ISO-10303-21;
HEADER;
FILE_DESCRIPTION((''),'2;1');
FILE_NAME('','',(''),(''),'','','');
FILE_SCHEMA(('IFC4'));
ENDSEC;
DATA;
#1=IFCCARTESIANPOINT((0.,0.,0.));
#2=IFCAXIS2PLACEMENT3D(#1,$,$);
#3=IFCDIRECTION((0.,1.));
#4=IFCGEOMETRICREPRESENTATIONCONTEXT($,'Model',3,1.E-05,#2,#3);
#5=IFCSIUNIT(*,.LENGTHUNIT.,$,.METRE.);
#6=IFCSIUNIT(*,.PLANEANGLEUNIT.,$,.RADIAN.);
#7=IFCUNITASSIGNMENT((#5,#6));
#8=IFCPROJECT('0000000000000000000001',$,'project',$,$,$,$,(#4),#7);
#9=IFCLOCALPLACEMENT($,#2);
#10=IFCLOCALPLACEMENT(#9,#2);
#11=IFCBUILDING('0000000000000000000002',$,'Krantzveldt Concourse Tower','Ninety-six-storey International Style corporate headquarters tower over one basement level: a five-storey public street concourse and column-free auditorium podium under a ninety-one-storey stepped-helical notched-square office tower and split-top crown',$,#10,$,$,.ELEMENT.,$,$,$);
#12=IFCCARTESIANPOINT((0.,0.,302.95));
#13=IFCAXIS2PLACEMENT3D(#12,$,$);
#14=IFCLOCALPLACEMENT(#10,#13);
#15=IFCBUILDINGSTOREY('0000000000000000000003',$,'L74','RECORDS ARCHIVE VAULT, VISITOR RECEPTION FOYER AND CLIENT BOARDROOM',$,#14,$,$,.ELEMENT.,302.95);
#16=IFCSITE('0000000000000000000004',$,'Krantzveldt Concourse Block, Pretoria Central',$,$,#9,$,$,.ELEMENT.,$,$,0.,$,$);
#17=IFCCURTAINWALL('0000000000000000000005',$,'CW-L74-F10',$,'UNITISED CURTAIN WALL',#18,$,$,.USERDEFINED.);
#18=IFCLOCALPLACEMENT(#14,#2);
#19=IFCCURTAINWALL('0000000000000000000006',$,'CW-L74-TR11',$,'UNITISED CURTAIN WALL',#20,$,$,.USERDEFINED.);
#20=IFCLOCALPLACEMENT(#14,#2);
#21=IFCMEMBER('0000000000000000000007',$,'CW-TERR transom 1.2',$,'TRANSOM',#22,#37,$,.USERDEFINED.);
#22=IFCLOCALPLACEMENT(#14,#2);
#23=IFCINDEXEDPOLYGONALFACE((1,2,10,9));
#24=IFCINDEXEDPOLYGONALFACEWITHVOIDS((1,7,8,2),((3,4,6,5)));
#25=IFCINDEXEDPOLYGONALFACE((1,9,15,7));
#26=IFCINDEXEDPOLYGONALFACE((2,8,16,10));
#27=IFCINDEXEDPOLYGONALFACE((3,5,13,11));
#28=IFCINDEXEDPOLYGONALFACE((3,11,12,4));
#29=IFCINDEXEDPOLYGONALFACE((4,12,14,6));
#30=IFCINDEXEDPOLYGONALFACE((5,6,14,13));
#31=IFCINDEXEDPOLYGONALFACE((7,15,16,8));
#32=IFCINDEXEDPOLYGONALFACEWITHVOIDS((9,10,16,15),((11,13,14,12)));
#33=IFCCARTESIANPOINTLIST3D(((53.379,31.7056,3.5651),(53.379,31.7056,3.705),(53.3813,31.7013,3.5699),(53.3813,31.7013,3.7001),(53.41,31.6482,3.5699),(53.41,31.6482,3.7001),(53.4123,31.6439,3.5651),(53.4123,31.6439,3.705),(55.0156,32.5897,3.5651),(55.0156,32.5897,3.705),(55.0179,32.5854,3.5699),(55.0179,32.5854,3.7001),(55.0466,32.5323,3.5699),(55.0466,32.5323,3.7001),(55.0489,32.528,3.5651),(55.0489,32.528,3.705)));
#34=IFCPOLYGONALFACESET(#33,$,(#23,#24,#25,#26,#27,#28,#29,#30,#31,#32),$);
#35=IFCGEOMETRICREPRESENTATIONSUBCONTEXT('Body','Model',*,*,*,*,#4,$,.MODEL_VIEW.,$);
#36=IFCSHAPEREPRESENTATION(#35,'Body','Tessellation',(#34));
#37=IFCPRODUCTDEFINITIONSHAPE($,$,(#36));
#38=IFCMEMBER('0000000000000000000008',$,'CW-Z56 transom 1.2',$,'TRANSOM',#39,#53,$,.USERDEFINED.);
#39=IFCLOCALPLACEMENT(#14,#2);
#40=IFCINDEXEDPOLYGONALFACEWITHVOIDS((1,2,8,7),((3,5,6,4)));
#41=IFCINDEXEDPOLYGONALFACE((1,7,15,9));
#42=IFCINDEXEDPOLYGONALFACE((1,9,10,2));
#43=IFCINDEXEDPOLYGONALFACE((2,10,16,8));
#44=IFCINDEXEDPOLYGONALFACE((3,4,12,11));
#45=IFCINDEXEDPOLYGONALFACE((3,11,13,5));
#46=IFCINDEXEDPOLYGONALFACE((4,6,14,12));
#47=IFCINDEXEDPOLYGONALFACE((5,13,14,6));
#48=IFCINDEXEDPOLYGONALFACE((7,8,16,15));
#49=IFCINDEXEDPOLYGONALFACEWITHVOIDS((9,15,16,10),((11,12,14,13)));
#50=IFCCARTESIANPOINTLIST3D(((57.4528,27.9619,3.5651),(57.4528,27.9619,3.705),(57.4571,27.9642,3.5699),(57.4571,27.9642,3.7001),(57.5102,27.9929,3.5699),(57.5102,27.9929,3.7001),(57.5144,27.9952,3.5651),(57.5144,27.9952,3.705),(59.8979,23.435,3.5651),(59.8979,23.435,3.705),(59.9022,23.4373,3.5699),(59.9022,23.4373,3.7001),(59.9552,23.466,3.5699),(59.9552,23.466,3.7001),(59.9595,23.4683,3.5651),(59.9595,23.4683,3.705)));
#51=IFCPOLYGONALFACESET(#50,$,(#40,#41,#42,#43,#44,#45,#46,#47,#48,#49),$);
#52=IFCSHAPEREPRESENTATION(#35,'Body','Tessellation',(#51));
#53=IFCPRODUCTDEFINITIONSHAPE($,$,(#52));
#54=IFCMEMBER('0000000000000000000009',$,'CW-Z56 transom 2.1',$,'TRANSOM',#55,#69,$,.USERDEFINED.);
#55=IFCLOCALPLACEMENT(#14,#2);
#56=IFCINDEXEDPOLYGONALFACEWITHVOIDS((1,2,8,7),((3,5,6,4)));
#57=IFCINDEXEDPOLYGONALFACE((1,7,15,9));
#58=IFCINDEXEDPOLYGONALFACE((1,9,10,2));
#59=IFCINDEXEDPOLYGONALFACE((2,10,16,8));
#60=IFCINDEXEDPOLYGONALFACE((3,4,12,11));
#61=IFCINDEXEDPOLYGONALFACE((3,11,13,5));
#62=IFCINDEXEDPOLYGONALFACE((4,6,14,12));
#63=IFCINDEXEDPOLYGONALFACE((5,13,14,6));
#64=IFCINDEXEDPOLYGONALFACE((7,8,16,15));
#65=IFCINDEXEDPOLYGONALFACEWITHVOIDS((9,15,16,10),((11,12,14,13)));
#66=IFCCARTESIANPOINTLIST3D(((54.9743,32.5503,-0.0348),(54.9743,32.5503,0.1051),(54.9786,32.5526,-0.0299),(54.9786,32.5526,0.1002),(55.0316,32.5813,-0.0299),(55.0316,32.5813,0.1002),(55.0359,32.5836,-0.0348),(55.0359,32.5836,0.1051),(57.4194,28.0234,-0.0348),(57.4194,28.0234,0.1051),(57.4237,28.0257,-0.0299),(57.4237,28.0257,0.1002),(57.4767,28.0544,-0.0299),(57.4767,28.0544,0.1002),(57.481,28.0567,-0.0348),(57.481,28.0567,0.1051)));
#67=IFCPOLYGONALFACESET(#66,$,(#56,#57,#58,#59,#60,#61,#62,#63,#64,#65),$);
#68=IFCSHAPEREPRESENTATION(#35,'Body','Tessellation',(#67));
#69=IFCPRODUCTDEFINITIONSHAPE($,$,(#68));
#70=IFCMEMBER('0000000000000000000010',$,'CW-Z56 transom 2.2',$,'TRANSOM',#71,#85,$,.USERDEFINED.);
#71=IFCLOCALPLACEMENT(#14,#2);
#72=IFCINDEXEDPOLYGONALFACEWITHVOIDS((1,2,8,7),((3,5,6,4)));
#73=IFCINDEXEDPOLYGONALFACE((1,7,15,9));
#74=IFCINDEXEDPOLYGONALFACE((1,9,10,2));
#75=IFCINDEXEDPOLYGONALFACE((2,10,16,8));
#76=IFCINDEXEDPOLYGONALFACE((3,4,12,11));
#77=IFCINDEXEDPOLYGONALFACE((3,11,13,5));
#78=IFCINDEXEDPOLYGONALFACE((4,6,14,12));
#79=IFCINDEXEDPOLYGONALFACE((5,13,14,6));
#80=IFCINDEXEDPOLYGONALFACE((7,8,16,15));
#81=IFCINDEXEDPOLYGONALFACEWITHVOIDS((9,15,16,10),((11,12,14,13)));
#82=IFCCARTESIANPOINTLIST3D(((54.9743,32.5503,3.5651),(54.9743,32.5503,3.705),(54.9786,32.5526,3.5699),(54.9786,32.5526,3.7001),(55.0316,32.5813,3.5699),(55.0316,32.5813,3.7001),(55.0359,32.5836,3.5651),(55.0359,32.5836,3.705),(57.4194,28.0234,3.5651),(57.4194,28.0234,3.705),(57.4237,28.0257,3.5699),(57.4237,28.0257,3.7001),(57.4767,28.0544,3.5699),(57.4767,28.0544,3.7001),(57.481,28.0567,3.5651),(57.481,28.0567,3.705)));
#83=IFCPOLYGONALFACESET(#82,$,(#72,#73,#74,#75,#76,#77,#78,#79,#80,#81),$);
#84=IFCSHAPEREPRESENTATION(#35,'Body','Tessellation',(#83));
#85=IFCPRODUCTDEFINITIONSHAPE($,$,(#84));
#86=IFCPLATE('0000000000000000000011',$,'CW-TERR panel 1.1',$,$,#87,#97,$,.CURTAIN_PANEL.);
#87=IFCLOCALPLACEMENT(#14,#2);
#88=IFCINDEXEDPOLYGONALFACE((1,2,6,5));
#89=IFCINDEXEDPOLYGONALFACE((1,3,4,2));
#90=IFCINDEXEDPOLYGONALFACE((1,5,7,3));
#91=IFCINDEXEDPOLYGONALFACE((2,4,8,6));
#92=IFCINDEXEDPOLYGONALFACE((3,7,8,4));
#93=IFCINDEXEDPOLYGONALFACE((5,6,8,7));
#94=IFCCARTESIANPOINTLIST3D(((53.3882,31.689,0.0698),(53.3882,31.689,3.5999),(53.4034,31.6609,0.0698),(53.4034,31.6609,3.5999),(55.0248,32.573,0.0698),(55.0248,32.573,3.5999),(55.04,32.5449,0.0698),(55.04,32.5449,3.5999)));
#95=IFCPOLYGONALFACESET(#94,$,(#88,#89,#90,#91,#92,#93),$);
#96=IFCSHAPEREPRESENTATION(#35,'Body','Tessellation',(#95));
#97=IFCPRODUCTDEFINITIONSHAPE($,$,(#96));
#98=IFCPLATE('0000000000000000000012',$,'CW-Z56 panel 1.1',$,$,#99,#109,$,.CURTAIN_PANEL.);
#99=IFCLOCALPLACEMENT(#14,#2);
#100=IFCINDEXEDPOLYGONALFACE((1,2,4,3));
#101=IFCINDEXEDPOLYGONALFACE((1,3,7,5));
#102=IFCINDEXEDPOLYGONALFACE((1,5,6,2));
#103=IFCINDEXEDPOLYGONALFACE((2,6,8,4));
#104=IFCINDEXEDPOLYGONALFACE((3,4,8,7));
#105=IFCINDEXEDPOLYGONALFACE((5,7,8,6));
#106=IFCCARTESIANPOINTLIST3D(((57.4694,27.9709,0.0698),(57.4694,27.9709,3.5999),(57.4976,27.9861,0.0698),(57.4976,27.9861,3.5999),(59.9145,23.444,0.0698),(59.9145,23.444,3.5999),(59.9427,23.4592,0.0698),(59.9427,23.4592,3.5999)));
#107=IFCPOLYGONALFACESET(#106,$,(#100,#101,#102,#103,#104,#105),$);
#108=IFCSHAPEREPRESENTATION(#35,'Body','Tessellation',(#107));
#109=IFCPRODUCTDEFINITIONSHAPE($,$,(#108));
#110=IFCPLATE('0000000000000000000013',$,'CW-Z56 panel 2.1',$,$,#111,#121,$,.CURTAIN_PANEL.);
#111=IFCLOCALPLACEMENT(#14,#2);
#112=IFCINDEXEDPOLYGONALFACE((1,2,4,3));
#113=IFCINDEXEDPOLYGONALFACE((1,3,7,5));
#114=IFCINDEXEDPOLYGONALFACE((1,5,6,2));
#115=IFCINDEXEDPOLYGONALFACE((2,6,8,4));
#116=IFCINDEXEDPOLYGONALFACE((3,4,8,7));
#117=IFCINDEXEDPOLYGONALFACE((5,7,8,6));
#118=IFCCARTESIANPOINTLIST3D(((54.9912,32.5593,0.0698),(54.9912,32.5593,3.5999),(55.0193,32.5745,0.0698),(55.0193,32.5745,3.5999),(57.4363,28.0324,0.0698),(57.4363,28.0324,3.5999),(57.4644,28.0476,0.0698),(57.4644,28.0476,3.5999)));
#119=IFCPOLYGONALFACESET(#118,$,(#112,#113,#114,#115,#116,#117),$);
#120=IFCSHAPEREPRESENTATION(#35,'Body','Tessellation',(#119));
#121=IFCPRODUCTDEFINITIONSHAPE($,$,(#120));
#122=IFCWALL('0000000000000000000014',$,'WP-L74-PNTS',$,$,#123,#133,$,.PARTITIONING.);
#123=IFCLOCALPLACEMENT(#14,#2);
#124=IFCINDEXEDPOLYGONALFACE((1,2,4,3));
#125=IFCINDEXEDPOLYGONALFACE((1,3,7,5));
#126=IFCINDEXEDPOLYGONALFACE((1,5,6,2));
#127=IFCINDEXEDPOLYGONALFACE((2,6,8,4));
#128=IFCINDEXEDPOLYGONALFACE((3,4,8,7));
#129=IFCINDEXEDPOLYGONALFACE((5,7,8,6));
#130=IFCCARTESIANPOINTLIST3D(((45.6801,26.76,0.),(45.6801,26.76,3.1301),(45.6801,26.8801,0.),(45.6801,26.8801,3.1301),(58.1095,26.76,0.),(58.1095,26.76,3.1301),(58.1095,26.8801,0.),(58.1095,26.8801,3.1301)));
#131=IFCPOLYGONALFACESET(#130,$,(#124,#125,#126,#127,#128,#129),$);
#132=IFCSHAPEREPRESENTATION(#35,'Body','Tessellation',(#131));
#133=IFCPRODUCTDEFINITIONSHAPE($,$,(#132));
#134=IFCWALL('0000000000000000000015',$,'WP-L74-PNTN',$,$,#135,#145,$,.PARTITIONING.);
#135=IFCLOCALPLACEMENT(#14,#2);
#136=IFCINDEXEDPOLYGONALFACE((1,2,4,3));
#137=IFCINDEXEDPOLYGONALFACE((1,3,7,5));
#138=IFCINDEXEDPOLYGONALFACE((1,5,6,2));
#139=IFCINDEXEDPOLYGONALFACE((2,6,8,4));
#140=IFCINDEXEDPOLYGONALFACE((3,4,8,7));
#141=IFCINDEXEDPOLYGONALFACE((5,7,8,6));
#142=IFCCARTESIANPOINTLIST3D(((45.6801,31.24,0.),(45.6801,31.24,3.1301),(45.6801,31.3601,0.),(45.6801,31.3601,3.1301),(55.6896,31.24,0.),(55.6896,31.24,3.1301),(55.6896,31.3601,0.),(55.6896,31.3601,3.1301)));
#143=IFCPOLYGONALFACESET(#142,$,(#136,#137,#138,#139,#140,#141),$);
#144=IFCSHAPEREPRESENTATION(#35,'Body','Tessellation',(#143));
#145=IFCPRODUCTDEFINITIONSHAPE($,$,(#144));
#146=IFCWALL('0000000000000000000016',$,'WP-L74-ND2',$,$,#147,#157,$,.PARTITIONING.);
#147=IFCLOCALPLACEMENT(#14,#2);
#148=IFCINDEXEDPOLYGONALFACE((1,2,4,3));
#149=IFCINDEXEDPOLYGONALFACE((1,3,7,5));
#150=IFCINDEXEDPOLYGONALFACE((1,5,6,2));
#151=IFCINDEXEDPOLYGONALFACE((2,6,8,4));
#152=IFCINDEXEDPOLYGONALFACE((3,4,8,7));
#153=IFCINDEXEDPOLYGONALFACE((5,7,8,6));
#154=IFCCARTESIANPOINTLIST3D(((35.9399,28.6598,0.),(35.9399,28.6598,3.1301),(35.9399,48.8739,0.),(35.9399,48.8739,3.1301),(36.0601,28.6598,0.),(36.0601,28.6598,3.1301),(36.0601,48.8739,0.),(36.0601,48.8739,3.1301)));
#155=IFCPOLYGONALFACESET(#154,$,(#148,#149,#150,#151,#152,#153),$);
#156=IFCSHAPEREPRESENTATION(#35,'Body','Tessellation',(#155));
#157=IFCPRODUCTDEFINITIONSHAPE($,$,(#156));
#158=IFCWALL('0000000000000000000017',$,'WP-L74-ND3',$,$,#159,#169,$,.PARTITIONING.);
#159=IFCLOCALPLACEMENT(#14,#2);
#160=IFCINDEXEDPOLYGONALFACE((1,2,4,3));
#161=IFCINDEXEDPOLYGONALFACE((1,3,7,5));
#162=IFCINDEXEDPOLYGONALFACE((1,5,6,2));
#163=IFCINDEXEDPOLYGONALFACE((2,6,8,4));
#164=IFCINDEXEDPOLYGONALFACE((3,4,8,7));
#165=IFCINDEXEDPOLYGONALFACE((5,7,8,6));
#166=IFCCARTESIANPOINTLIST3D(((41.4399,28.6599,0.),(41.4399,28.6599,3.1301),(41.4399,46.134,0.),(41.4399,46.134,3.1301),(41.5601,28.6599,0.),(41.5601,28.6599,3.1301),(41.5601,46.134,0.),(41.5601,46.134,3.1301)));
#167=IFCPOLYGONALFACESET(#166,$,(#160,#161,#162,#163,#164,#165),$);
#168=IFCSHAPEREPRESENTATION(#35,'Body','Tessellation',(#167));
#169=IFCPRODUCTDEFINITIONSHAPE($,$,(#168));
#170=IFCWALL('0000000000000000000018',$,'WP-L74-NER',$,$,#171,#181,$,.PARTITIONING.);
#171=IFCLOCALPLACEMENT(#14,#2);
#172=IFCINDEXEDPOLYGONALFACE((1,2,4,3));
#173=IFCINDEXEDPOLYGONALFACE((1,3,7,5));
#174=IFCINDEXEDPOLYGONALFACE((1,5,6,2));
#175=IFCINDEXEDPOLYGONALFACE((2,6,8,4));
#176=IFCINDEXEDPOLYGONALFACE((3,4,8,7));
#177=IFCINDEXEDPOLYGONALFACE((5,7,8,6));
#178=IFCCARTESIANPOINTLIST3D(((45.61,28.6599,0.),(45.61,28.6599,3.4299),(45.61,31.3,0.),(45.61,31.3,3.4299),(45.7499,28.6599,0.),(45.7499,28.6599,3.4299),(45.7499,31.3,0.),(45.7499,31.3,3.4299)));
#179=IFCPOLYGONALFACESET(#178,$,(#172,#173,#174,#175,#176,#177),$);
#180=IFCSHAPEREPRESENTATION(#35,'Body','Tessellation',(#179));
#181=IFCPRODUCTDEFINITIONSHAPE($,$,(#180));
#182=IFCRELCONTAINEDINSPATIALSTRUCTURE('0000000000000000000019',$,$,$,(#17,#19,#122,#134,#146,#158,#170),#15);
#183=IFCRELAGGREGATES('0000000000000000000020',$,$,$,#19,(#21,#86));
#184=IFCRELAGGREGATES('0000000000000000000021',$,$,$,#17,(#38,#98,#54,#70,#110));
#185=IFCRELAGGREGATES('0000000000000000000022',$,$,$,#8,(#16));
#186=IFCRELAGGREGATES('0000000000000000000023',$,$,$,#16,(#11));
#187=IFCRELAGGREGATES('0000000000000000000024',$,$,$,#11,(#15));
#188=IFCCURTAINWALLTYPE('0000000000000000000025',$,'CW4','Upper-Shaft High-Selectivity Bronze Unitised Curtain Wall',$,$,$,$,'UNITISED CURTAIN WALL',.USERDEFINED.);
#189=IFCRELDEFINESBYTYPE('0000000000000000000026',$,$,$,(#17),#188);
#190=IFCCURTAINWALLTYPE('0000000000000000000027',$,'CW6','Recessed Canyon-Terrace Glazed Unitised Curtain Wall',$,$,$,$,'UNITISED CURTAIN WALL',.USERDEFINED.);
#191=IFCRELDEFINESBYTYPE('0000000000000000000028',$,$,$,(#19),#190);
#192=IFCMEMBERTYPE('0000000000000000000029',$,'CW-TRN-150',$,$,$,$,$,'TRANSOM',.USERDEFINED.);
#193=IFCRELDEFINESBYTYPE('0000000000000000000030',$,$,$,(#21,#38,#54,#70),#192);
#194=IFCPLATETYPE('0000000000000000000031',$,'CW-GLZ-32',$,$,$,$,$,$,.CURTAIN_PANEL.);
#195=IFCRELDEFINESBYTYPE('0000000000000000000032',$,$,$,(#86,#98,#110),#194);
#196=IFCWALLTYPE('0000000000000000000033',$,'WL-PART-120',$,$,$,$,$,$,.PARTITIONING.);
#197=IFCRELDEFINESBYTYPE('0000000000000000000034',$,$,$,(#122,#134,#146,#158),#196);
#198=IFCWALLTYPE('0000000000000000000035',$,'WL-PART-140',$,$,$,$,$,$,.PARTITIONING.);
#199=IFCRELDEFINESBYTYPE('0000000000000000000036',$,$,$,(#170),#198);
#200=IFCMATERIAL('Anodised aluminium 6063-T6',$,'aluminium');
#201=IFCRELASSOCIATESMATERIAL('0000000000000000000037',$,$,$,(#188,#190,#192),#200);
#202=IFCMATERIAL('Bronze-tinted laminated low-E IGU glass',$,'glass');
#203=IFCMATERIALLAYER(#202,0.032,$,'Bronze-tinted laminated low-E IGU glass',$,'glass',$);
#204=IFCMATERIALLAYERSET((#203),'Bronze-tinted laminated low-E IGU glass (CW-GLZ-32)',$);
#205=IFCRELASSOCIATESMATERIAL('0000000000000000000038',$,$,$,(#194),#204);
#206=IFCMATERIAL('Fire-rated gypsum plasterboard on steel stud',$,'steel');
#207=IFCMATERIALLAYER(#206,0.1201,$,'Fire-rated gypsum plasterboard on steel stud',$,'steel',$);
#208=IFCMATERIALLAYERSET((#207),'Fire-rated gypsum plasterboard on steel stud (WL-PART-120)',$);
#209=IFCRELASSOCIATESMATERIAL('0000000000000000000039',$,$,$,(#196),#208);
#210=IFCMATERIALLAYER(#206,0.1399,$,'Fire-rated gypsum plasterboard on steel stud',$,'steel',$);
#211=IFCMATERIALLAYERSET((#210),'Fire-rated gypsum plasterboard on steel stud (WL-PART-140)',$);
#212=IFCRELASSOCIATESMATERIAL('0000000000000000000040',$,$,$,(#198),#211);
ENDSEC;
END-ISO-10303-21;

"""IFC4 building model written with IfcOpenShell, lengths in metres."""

from ifc_helpers import new_model, si_unit, direction, frame, frame_2d, origin, origin_2d, place, context, subcontext, project, spatial, rectangle, hollow_rectangle, extrude, source, transform, mapped, material, layer, layer_set, material_profile, profile_set, type_object, type_shapes, element, aggregate, save


model = new_model("IFC4")

# Units and contexts
model_context = context("Model", 3, precision=1e-05, world=origin(), true_north=direction((0.0, 1.0)))
body_context = subcontext(model_context, "Body", "Model", "MODEL_VIEW")
ifc_project = project(units=[si_unit("LENGTHUNIT", "METRE"), si_unit("PLANEANGLEUNIT", "RADIAN")], contexts=[model_context])

# Site, building, storey
site_placement = place(None, origin())
site = spatial("IfcSite", under=ifc_project, at=site_placement, Name="Krantzveldt Concourse Block, Pretoria Central", CompositionType="ELEMENT", RefElevation=0.0)
building_placement = place(site_placement, origin())
building = spatial("IfcBuilding", under=site, at=building_placement, Name="Krantzveldt Concourse Tower", Description="Ninety-six-storey International Style corporate headquarters tower over one basement level: a five-storey public street concourse and column-free auditorium podium under a ninety-one-storey stepped-helical notched-square office tower and split-top crown", CompositionType="ELEMENT")
storey_placement = place(building_placement, frame((0.0, 0.0, 302.95)))
storey = spatial("IfcBuildingStorey", under=building, at=storey_placement, Name="L74", Description="RECORDS ARCHIVE VAULT, VISITOR RECEPTION FOYER AND CLIENT BOARDROOM", CompositionType="ELEMENT", Elevation=302.95)

# Curtain walls, member
ifc_material_1 = material(Name="Anodised aluminium 6063-T6", Category="aluminium")
curtain_wall_type_1 = type_object("IfcCurtainWallType", Name="CW4", Description="Upper-Shaft High-Selectivity Bronze Unitised Curtain Wall", ElementType="UNITISED CURTAIN WALL", PredefinedType="USERDEFINED", material=ifc_material_1)
curtain_wall_1_placement = place(storey_placement, origin())
curtain_wall_1 = element("IfcCurtainWall", 1, at=curtain_wall_1_placement, inside=storey, type_object=curtain_wall_type_1, Name="CW-L74-F10", ObjectType="UNITISED CURTAIN WALL", PredefinedType="USERDEFINED")
curtain_wall_type_2 = type_object("IfcCurtainWallType", Name="CW6", Description="Recessed Canyon-Terrace Glazed Unitised Curtain Wall", ElementType="UNITISED CURTAIN WALL", PredefinedType="USERDEFINED", material=ifc_material_1)
curtain_wall_2_placement = place(storey_placement, origin())
curtain_wall_2 = element("IfcCurtainWall", 2, at=curtain_wall_2_placement, inside=storey, type_object=curtain_wall_type_2, Name="CW-L74-TR11", ObjectType="UNITISED CURTAIN WALL", PredefinedType="USERDEFINED")
ifc_material_profile_1 = material_profile(ifc_material_1, hollow_rectangle(XDim=0.0701, YDim=0.1399, WallThickness=0.0049, at=origin_2d()), Name="Anodised aluminium 6063-T6", Category="aluminium")
ifc_profile_set_1 = profile_set([ifc_material_profile_1], Name="Anodised aluminium 6063-T6 - ALU-TRAN 140x70x5")
member_type_1 = type_object("IfcMemberType", Name="CW-TRN-150", ElementType="TRANSOM", PredefinedType="USERDEFINED", material=ifc_profile_set_1)
shared_shape_1 = source(origin(), body_context, "Body", "SweptSolid", [
    extrude(hollow_rectangle(XDim=0.0701, YDim=0.1399, WallThickness=0.0049, at=origin_2d()), origin(), (0.0, 0.0, 1.0), 1.8601),
])
member_1_placement = place(storey_placement, frame((55.0322, 32.5588, 3.635), z_axis=(-0.87983, -0.475289, 0.0), x_axis=(0.475289, -0.87983, 0.0)))
member_1 = element("IfcMember", 3, at=member_1_placement, type_object=member_type_1, Name="CW-TERR transom 1.2", ObjectType="TRANSOM", PredefinedType="USERDEFINED", context=body_context, shape_type="MappedRepresentation", body=[
    mapped(shared_shape_1, transform((0.0, 0.0, 0.0), x_axis=(1.0, 0.0, 0.0), y_axis=(0.0, 1.0, 0.0), z_axis=(0.0, 0.0, 1.0), scale=1.0)),
])

# Members
shared_shape_2 = source(origin(), body_context, "Body", "SweptSolid", [
    extrude(hollow_rectangle(XDim=0.0701, YDim=0.1399, WallThickness=0.0049, at=origin_2d()), origin(), (0.0, 0.0, 1.0), 5.145),
])
type_shapes(member_type_1, [shared_shape_1, shared_shape_2])
member_2_placement = place(storey_placement, frame((59.9287, 23.4517, 3.635), z_axis=(-0.475234, 0.879859, 0.0), x_axis=(-0.879859, -0.475234, 0.0)))
member_2 = element("IfcMember", 4, at=member_2_placement, type_object=member_type_1, Name="CW-Z56 transom 1.2", ObjectType="TRANSOM", PredefinedType="USERDEFINED", context=body_context, shape_type="MappedRepresentation", body=[
    mapped(shared_shape_2, transform((0.0, 0.0, 0.0), x_axis=(1.0, 0.0, 0.0), y_axis=(0.0, 1.0, 0.0), z_axis=(0.0, 0.0, 1.0), scale=1.0)),
])
member_3_placement = place(storey_placement, frame((57.4502, 28.04, 0.0352), z_axis=(-0.475234, 0.879859, 0.0), x_axis=(-0.879859, -0.475234, 0.0)))
member_3 = element("IfcMember", 5, at=member_3_placement, type_object=member_type_1, Name="CW-Z56 transom 2.1", ObjectType="TRANSOM", PredefinedType="USERDEFINED", context=body_context, shape_type="MappedRepresentation", body=[
    mapped(shared_shape_2, transform((0.0, 0.0, 0.0), x_axis=(1.0, 0.0, 0.0), y_axis=(0.0, 1.0, 0.0), z_axis=(0.0, 0.0, 1.0), scale=1.0)),
])
member_4_placement = place(storey_placement, frame((57.4502, 28.04, 3.635), z_axis=(-0.475234, 0.879859, 0.0), x_axis=(-0.879859, -0.475234, 0.0)))
member_4 = element("IfcMember", 6, at=member_4_placement, type_object=member_type_1, Name="CW-Z56 transom 2.2", ObjectType="TRANSOM", PredefinedType="USERDEFINED", context=body_context, shape_type="MappedRepresentation", body=[
    mapped(shared_shape_2, transform((0.0, 0.0, 0.0), x_axis=(1.0, 0.0, 0.0), y_axis=(0.0, 1.0, 0.0), z_axis=(0.0, 0.0, 1.0), scale=1.0)),
])

# Plates
ifc_material_2 = material(Name="Bronze-tinted laminated low-E IGU glass", Category="glass")
ifc_layer_1 = layer(ifc_material_2, 0.032, Name="Bronze-tinted laminated low-E IGU glass", Category="glass")
ifc_layer_set_1 = layer_set([ifc_layer_1], Name="Bronze-tinted laminated low-E IGU glass (CW-GLZ-32)")
plate_type = type_object("IfcPlateType", Name="CW-GLZ-32", PredefinedType="CURTAIN_PANEL", material=ifc_layer_set_1)
shared_shape_3 = source(origin(), body_context, "Body", "SweptSolid", [
    extrude(rectangle(XDim=1.8601, YDim=0.032, at=origin_2d()), origin(), (0.0, 0.0, 1.0), 3.53),
])
plate_1_placement = place(storey_placement, frame((54.2141, 32.1169, 0.0698), z_axis=(0.0, 0.0, 1.0), x_axis=(-0.879856, -0.475241, 0.0)))
plate_1 = element("IfcPlate", 7, at=plate_1_placement, type_object=plate_type, Name="CW-TERR panel 1.1", PredefinedType="CURTAIN_PANEL", context=body_context, shape_type="MappedRepresentation", body=[
    mapped(shared_shape_3, transform((0.0, 0.0, 0.0), x_axis=(1.0, 0.0, 0.0), y_axis=(0.0, 1.0, 0.0), z_axis=(0.0, 0.0, 1.0), scale=1.0)),
])
aggregate(curtain_wall_2, [member_1, plate_1])
shared_shape_4 = source(origin(), body_context, "Body", "SweptSolid", [
    extrude(rectangle(XDim=5.145, YDim=0.032, at=origin_2d()), origin(), (0.0, 0.0, 1.0), 3.53),
])
type_shapes(plate_type, [shared_shape_3, shared_shape_4])
plate_2_placement = place(storey_placement, frame((58.7061, 25.7151, 0.0698), z_axis=(0.0, 0.0, 1.0), x_axis=(-0.47524, 0.879856, 0.0)))
plate_2 = element("IfcPlate", 8, at=plate_2_placement, type_object=plate_type, Name="CW-Z56 panel 1.1", PredefinedType="CURTAIN_PANEL", context=body_context, shape_type="MappedRepresentation", body=[
    mapped(shared_shape_4, transform((0.0, 0.0, 0.0), x_axis=(1.0, 0.0, 0.0), y_axis=(0.0, 1.0, 0.0), z_axis=(0.0, 0.0, 1.0), scale=1.0)),
])
plate_3_placement = place(storey_placement, frame((56.2278, 30.3035, 0.0698), z_axis=(0.0, 0.0, 1.0), x_axis=(-0.47524, 0.879856, 0.0)))
plate_3 = element("IfcPlate", 9, at=plate_3_placement, type_object=plate_type, Name="CW-Z56 panel 2.1", PredefinedType="CURTAIN_PANEL", context=body_context, shape_type="MappedRepresentation", body=[
    mapped(shared_shape_4, transform((0.0, 0.0, 0.0), x_axis=(1.0, 0.0, 0.0), y_axis=(0.0, 1.0, 0.0), z_axis=(0.0, 0.0, 1.0), scale=1.0)),
])
aggregate(curtain_wall_1, [member_2, plate_2, member_3, member_4, plate_3])

# Walls
ifc_material_3 = material(Name="Fire-rated gypsum plasterboard on steel stud", Category="steel")
ifc_layer_2 = layer(ifc_material_3, 0.1201, Name="Fire-rated gypsum plasterboard on steel stud", Category="steel")
ifc_layer_set_2 = layer_set([ifc_layer_2], Name="Fire-rated gypsum plasterboard on steel stud (WL-PART-120)")
wall_type_1 = type_object("IfcWallType", Name="WL-PART-120", PredefinedType="PARTITIONING", material=ifc_layer_set_2)
wall_1_placement = place(storey_placement, frame((45.6799, 26.8201, 0.0), z_axis=(0.0, 0.0, 1.0), x_axis=(1.0, 0.0, 0.0)))
element("IfcWall", 10, at=wall_1_placement, inside=storey, type_object=wall_type_1, Name="WP-L74-PNTS", PredefinedType="PARTITIONING", context=body_context, shape_type="SweptSolid", body=[
    extrude(rectangle(XDim=12.4294, YDim=0.1201, at=frame_2d((6.2148, 0.0))), origin(), (0.0, 0.0, 1.0), 3.1301),
])
wall_2_placement = place(storey_placement, frame((45.6799, 31.3, 0.0), z_axis=(0.0, 0.0, 1.0), x_axis=(1.0, 0.0, 0.0)))
element("IfcWall", 11, at=wall_2_placement, inside=storey, type_object=wall_type_1, Name="WP-L74-PNTN", PredefinedType="PARTITIONING", context=body_context, shape_type="SweptSolid", body=[
    extrude(rectangle(XDim=10.0095, YDim=0.1201, at=frame_2d((5.0049, 0.0))), origin(), (0.0, 0.0, 1.0), 3.1301),
])
wall_3_placement = place(storey_placement, frame((36.0, 28.6599, 0.0), z_axis=(0.0, 0.0, 1.0), x_axis=(0.0, 1.0, 0.0)))
element("IfcWall", 12, at=wall_3_placement, inside=storey, type_object=wall_type_1, Name="WP-L74-ND2", PredefinedType="PARTITIONING", context=body_context, shape_type="SweptSolid", body=[
    extrude(rectangle(XDim=20.2141, YDim=0.1201, at=frame_2d((10.1069, 0.0))), origin(), (0.0, 0.0, 1.0), 3.1301),
])
wall_4_placement = place(storey_placement, frame((41.5, 28.6599, 0.0), z_axis=(0.0, 0.0, 1.0), x_axis=(0.0, 1.0, 0.0)))
element("IfcWall", 13, at=wall_4_placement, inside=storey, type_object=wall_type_1, Name="WP-L74-ND3", PredefinedType="PARTITIONING", context=body_context, shape_type="SweptSolid", body=[
    extrude(rectangle(XDim=17.4741, YDim=0.1201, at=frame_2d((8.7371, 0.0))), origin(), (0.0, 0.0, 1.0), 3.1301),
])
ifc_layer_3 = layer(ifc_material_3, 0.1399, Name="Fire-rated gypsum plasterboard on steel stud", Category="steel")
ifc_layer_set_3 = layer_set([ifc_layer_3], Name="Fire-rated gypsum plasterboard on steel stud (WL-PART-140)")
wall_type_2 = type_object("IfcWallType", Name="WL-PART-140", PredefinedType="PARTITIONING", material=ifc_layer_set_3)
wall_5_placement = place(storey_placement, frame((45.6799, 28.6599, 0.0), z_axis=(0.0, 0.0, 1.0), x_axis=(0.0, 1.0, 0.0)))
element("IfcWall", 14, at=wall_5_placement, inside=storey, type_object=wall_type_2, Name="WP-L74-NER", PredefinedType="PARTITIONING", context=body_context, shape_type="SweptSolid", body=[
    extrude(rectangle(XDim=2.6401, YDim=0.1399, at=frame_2d((1.3201, 0.0))), origin(), (0.0, 0.0, 1.0), 3.4299),
])

save(model, "model.ifc")
